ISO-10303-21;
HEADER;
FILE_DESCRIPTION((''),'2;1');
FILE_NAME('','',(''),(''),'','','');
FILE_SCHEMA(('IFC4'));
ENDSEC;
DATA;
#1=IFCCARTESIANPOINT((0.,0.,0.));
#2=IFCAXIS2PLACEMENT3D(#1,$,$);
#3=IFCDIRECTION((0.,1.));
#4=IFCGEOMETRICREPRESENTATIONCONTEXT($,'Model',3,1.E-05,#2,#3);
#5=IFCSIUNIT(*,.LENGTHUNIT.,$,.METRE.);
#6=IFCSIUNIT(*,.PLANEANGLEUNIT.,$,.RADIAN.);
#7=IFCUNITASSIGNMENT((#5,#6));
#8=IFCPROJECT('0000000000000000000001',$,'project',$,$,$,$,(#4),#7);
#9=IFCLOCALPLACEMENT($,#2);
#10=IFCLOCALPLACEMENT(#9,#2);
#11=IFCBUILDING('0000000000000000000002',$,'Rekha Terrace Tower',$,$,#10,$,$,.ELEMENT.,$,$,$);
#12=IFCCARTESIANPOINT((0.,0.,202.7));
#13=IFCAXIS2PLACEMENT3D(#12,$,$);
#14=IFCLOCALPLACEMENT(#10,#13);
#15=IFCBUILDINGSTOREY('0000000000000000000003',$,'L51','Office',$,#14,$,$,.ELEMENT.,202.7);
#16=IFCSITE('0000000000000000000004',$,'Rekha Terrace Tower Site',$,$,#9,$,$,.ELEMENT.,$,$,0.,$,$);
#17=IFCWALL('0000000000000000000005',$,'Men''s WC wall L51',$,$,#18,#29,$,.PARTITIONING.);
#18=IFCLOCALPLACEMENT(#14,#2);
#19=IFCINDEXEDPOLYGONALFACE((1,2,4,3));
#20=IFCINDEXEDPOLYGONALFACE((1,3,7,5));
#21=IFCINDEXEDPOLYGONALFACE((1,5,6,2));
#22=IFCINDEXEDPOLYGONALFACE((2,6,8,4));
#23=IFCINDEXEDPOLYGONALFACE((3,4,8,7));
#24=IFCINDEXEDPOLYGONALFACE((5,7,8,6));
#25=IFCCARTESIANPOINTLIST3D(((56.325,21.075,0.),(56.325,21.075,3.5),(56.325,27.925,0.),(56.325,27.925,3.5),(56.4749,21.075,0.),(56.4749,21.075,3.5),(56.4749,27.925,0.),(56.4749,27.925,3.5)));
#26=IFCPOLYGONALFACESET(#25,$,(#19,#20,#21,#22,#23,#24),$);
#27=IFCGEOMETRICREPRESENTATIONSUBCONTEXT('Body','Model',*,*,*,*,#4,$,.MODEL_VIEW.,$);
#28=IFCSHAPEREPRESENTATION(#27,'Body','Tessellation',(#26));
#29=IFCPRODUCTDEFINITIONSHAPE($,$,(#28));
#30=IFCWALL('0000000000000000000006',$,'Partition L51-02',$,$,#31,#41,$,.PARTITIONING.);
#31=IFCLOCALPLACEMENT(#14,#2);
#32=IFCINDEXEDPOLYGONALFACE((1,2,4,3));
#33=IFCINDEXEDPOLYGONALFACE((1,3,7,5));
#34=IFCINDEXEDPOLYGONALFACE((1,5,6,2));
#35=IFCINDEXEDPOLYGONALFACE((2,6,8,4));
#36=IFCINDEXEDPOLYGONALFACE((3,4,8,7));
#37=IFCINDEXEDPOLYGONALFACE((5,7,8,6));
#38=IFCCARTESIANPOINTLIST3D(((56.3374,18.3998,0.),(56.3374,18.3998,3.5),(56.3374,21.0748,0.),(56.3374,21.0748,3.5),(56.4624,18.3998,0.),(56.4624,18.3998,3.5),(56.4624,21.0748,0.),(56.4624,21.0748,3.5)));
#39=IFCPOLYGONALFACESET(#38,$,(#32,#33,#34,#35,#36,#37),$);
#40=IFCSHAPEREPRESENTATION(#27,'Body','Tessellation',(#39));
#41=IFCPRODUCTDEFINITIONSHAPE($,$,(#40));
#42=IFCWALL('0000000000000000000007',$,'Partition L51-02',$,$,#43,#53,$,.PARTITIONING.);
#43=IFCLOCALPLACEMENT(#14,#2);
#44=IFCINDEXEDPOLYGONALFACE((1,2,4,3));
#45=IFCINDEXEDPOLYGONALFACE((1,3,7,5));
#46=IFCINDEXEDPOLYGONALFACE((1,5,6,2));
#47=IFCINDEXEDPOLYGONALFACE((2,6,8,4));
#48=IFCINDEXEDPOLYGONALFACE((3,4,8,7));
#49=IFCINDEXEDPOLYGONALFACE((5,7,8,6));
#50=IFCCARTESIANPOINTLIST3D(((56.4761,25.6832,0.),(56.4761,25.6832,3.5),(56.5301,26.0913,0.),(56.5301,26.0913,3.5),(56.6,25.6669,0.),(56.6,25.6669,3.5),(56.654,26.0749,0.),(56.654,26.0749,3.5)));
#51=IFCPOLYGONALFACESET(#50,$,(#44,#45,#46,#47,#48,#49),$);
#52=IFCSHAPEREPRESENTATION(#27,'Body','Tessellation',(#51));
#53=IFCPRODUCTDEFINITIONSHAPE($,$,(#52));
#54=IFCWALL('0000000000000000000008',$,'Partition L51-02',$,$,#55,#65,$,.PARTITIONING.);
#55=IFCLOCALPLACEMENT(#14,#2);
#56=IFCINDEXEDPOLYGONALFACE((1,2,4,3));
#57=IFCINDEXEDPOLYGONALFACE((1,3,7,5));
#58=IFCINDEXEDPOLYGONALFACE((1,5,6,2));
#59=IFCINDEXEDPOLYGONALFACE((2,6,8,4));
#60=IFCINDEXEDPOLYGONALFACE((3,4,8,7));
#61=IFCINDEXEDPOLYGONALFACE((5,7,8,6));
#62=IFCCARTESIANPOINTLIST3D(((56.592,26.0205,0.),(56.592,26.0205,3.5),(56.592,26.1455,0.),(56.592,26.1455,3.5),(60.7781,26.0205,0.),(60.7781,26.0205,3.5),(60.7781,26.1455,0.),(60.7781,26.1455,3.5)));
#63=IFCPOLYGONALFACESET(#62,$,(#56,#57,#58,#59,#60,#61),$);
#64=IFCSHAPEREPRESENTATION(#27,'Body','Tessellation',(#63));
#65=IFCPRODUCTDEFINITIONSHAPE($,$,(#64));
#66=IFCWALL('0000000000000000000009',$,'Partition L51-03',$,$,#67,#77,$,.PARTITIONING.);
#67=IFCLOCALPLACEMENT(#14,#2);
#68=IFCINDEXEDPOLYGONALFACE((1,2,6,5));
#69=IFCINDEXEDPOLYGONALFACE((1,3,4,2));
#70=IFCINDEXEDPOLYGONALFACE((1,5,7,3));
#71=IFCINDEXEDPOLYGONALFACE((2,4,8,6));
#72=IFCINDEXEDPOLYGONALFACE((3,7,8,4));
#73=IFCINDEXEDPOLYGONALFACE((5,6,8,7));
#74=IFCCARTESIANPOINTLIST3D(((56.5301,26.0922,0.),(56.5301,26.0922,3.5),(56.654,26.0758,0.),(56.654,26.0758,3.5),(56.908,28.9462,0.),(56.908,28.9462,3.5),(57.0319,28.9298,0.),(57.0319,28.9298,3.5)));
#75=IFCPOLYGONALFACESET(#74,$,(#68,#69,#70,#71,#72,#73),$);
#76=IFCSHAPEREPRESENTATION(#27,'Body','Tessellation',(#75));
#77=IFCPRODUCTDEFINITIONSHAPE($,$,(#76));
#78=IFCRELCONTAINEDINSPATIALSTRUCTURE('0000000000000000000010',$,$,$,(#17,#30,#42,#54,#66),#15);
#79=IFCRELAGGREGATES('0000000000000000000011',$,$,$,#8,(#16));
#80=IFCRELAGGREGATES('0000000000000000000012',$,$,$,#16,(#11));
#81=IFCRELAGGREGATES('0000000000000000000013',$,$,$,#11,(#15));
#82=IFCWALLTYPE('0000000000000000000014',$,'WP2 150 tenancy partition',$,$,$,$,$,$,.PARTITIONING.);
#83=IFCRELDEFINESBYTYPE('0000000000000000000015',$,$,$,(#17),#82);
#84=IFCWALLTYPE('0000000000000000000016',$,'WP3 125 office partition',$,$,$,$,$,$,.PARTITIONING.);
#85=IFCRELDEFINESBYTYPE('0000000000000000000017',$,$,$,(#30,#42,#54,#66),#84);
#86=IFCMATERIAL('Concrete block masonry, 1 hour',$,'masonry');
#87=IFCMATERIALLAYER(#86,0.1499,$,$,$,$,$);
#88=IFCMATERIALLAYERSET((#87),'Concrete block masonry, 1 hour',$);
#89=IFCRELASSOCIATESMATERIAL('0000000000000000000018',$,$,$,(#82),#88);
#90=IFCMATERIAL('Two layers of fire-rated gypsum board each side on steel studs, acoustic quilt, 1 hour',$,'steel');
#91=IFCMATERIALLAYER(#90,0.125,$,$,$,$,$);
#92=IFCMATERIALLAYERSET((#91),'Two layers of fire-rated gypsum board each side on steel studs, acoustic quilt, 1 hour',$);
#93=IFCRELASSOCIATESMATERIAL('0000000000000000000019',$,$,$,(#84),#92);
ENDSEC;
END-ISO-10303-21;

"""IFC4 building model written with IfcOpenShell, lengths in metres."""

from ifc_helpers import new_model, si_unit, direction, frame, frame_2d, origin, place, context, subcontext, project, spatial, rectangle, extrude, material, layer, layer_set, type_object, element, save


model = new_model("IFC4")

# Units and contexts
model_context = context("Model", 3, precision=1e-05, world=origin(), true_north=direction((0.0, 1.0)))
body_context = subcontext(model_context, "Body", "Model", "MODEL_VIEW")
ifc_project = project(units=[si_unit("LENGTHUNIT", "METRE"), si_unit("PLANEANGLEUNIT", "RADIAN")], contexts=[model_context])

# Site, building, storey
site_placement = place(None, origin())
site = spatial("IfcSite", under=ifc_project, at=site_placement, Name="Rekha Terrace Tower Site", CompositionType="ELEMENT", RefElevation=0.0)
building_placement = place(site_placement, origin())
building = spatial("IfcBuilding", under=site, at=building_placement, Name="Rekha Terrace Tower", CompositionType="ELEMENT")
storey_placement = place(building_placement, frame((0.0, 0.0, 202.7)))
storey = spatial("IfcBuildingStorey", under=building, at=storey_placement, Name="L51", Description="Office", CompositionType="ELEMENT", Elevation=202.7)

# Shared definitions
ifc_material_1 = material(Name="Concrete block masonry, 1 hour", Category="masonry")
ifc_layer_1 = layer(ifc_material_1, 0.1499)
ifc_layer_set_1 = layer_set([ifc_layer_1], Name="Concrete block masonry, 1 hour")
wall_type_1 = type_object("IfcWallType", Name="WP2 150 tenancy partition", PredefinedType="PARTITIONING", material=ifc_layer_set_1)

# Walls
wall_1_placement = place(storey_placement, frame((56.3999, 21.075, 0.0), z_axis=(0.0, 0.0, 1.0), x_axis=(0.0, 1.0, 0.0)))
element("IfcWall", 1, at=wall_1_placement, inside=storey, type_object=wall_type_1, Name="Men's WC wall L51", PredefinedType="PARTITIONING", context=body_context, shape_type="SweptSolid", body=[
    extrude(rectangle(XDim=6.8501, YDim=0.1499, at=frame_2d((3.425, 0.0))), origin(), (0.0, 0.0, 1.0), 3.5),
])
ifc_material_2 = material(Name="Two layers of fire-rated gypsum board each side on steel studs, acoustic quilt, 1 hour", Category="steel")
ifc_layer_2 = layer(ifc_material_2, 0.125)
ifc_layer_set_2 = layer_set([ifc_layer_2], Name="Two layers of fire-rated gypsum board each side on steel studs, acoustic quilt, 1 hour")
wall_type_2 = type_object("IfcWallType", Name="WP3 125 office partition", PredefinedType="PARTITIONING", material=ifc_layer_set_2)
wall_2_placement = place(storey_placement, frame((56.3999, 18.3999, 0.0), z_axis=(0.0, 0.0, 1.0), x_axis=(0.0, 1.0, 0.0)))
element("IfcWall", 2, at=wall_2_placement, inside=storey, type_object=wall_type_2, Name="Partition L51-02", PredefinedType="PARTITIONING", context=body_context, shape_type="SweptSolid", body=[
    extrude(rectangle(XDim=2.675, YDim=0.125, at=frame_2d((1.3374, 0.0))), origin(), (0.0, 0.0, 1.0), 3.5),
])
wall_3_placement = place(storey_placement, frame((56.5381, 25.675, 0.0), z_axis=(0.0, 0.0, 1.0), x_axis=(0.131114, 0.991367, 0.0)))
element("IfcWall", 3, at=wall_3_placement, inside=storey, type_object=wall_type_2, Name="Partition L51-02", PredefinedType="PARTITIONING", context=body_context, shape_type="SweptSolid", body=[
    extrude(rectangle(XDim=0.4116, YDim=0.125, at=frame_2d((0.2058, 0.0))), origin(), (0.0, 0.0, 1.0), 3.5),
])
wall_4_placement = place(storey_placement, frame((56.592, 26.083, 0.0), z_axis=(0.0, 0.0, 1.0), x_axis=(1.0, 0.0, 0.0)))
element("IfcWall", 4, at=wall_4_placement, inside=storey, type_object=wall_type_2, Name="Partition L51-02", PredefinedType="PARTITIONING", context=body_context, shape_type="SweptSolid", body=[
    extrude(rectangle(XDim=4.186, YDim=0.125, at=frame_2d((2.093, 0.0))), origin(), (0.0, 0.0, 1.0), 3.5),
])
wall_5_placement = place(storey_placement, frame((56.592, 26.084, 0.0), z_axis=(0.0, 0.0, 1.0), x_axis=(0.131275, 0.991346, 0.0)))
element("IfcWall", 5, at=wall_5_placement, inside=storey, type_object=wall_type_2, Name="Partition L51-03", PredefinedType="PARTITIONING", context=body_context, shape_type="SweptSolid", body=[
    extrude(rectangle(XDim=2.8789, YDim=0.125, at=frame_2d((1.4395, 0.0))), origin(), (0.0, 0.0, 1.0), 3.5),
])

save(model, "model.ifc")
